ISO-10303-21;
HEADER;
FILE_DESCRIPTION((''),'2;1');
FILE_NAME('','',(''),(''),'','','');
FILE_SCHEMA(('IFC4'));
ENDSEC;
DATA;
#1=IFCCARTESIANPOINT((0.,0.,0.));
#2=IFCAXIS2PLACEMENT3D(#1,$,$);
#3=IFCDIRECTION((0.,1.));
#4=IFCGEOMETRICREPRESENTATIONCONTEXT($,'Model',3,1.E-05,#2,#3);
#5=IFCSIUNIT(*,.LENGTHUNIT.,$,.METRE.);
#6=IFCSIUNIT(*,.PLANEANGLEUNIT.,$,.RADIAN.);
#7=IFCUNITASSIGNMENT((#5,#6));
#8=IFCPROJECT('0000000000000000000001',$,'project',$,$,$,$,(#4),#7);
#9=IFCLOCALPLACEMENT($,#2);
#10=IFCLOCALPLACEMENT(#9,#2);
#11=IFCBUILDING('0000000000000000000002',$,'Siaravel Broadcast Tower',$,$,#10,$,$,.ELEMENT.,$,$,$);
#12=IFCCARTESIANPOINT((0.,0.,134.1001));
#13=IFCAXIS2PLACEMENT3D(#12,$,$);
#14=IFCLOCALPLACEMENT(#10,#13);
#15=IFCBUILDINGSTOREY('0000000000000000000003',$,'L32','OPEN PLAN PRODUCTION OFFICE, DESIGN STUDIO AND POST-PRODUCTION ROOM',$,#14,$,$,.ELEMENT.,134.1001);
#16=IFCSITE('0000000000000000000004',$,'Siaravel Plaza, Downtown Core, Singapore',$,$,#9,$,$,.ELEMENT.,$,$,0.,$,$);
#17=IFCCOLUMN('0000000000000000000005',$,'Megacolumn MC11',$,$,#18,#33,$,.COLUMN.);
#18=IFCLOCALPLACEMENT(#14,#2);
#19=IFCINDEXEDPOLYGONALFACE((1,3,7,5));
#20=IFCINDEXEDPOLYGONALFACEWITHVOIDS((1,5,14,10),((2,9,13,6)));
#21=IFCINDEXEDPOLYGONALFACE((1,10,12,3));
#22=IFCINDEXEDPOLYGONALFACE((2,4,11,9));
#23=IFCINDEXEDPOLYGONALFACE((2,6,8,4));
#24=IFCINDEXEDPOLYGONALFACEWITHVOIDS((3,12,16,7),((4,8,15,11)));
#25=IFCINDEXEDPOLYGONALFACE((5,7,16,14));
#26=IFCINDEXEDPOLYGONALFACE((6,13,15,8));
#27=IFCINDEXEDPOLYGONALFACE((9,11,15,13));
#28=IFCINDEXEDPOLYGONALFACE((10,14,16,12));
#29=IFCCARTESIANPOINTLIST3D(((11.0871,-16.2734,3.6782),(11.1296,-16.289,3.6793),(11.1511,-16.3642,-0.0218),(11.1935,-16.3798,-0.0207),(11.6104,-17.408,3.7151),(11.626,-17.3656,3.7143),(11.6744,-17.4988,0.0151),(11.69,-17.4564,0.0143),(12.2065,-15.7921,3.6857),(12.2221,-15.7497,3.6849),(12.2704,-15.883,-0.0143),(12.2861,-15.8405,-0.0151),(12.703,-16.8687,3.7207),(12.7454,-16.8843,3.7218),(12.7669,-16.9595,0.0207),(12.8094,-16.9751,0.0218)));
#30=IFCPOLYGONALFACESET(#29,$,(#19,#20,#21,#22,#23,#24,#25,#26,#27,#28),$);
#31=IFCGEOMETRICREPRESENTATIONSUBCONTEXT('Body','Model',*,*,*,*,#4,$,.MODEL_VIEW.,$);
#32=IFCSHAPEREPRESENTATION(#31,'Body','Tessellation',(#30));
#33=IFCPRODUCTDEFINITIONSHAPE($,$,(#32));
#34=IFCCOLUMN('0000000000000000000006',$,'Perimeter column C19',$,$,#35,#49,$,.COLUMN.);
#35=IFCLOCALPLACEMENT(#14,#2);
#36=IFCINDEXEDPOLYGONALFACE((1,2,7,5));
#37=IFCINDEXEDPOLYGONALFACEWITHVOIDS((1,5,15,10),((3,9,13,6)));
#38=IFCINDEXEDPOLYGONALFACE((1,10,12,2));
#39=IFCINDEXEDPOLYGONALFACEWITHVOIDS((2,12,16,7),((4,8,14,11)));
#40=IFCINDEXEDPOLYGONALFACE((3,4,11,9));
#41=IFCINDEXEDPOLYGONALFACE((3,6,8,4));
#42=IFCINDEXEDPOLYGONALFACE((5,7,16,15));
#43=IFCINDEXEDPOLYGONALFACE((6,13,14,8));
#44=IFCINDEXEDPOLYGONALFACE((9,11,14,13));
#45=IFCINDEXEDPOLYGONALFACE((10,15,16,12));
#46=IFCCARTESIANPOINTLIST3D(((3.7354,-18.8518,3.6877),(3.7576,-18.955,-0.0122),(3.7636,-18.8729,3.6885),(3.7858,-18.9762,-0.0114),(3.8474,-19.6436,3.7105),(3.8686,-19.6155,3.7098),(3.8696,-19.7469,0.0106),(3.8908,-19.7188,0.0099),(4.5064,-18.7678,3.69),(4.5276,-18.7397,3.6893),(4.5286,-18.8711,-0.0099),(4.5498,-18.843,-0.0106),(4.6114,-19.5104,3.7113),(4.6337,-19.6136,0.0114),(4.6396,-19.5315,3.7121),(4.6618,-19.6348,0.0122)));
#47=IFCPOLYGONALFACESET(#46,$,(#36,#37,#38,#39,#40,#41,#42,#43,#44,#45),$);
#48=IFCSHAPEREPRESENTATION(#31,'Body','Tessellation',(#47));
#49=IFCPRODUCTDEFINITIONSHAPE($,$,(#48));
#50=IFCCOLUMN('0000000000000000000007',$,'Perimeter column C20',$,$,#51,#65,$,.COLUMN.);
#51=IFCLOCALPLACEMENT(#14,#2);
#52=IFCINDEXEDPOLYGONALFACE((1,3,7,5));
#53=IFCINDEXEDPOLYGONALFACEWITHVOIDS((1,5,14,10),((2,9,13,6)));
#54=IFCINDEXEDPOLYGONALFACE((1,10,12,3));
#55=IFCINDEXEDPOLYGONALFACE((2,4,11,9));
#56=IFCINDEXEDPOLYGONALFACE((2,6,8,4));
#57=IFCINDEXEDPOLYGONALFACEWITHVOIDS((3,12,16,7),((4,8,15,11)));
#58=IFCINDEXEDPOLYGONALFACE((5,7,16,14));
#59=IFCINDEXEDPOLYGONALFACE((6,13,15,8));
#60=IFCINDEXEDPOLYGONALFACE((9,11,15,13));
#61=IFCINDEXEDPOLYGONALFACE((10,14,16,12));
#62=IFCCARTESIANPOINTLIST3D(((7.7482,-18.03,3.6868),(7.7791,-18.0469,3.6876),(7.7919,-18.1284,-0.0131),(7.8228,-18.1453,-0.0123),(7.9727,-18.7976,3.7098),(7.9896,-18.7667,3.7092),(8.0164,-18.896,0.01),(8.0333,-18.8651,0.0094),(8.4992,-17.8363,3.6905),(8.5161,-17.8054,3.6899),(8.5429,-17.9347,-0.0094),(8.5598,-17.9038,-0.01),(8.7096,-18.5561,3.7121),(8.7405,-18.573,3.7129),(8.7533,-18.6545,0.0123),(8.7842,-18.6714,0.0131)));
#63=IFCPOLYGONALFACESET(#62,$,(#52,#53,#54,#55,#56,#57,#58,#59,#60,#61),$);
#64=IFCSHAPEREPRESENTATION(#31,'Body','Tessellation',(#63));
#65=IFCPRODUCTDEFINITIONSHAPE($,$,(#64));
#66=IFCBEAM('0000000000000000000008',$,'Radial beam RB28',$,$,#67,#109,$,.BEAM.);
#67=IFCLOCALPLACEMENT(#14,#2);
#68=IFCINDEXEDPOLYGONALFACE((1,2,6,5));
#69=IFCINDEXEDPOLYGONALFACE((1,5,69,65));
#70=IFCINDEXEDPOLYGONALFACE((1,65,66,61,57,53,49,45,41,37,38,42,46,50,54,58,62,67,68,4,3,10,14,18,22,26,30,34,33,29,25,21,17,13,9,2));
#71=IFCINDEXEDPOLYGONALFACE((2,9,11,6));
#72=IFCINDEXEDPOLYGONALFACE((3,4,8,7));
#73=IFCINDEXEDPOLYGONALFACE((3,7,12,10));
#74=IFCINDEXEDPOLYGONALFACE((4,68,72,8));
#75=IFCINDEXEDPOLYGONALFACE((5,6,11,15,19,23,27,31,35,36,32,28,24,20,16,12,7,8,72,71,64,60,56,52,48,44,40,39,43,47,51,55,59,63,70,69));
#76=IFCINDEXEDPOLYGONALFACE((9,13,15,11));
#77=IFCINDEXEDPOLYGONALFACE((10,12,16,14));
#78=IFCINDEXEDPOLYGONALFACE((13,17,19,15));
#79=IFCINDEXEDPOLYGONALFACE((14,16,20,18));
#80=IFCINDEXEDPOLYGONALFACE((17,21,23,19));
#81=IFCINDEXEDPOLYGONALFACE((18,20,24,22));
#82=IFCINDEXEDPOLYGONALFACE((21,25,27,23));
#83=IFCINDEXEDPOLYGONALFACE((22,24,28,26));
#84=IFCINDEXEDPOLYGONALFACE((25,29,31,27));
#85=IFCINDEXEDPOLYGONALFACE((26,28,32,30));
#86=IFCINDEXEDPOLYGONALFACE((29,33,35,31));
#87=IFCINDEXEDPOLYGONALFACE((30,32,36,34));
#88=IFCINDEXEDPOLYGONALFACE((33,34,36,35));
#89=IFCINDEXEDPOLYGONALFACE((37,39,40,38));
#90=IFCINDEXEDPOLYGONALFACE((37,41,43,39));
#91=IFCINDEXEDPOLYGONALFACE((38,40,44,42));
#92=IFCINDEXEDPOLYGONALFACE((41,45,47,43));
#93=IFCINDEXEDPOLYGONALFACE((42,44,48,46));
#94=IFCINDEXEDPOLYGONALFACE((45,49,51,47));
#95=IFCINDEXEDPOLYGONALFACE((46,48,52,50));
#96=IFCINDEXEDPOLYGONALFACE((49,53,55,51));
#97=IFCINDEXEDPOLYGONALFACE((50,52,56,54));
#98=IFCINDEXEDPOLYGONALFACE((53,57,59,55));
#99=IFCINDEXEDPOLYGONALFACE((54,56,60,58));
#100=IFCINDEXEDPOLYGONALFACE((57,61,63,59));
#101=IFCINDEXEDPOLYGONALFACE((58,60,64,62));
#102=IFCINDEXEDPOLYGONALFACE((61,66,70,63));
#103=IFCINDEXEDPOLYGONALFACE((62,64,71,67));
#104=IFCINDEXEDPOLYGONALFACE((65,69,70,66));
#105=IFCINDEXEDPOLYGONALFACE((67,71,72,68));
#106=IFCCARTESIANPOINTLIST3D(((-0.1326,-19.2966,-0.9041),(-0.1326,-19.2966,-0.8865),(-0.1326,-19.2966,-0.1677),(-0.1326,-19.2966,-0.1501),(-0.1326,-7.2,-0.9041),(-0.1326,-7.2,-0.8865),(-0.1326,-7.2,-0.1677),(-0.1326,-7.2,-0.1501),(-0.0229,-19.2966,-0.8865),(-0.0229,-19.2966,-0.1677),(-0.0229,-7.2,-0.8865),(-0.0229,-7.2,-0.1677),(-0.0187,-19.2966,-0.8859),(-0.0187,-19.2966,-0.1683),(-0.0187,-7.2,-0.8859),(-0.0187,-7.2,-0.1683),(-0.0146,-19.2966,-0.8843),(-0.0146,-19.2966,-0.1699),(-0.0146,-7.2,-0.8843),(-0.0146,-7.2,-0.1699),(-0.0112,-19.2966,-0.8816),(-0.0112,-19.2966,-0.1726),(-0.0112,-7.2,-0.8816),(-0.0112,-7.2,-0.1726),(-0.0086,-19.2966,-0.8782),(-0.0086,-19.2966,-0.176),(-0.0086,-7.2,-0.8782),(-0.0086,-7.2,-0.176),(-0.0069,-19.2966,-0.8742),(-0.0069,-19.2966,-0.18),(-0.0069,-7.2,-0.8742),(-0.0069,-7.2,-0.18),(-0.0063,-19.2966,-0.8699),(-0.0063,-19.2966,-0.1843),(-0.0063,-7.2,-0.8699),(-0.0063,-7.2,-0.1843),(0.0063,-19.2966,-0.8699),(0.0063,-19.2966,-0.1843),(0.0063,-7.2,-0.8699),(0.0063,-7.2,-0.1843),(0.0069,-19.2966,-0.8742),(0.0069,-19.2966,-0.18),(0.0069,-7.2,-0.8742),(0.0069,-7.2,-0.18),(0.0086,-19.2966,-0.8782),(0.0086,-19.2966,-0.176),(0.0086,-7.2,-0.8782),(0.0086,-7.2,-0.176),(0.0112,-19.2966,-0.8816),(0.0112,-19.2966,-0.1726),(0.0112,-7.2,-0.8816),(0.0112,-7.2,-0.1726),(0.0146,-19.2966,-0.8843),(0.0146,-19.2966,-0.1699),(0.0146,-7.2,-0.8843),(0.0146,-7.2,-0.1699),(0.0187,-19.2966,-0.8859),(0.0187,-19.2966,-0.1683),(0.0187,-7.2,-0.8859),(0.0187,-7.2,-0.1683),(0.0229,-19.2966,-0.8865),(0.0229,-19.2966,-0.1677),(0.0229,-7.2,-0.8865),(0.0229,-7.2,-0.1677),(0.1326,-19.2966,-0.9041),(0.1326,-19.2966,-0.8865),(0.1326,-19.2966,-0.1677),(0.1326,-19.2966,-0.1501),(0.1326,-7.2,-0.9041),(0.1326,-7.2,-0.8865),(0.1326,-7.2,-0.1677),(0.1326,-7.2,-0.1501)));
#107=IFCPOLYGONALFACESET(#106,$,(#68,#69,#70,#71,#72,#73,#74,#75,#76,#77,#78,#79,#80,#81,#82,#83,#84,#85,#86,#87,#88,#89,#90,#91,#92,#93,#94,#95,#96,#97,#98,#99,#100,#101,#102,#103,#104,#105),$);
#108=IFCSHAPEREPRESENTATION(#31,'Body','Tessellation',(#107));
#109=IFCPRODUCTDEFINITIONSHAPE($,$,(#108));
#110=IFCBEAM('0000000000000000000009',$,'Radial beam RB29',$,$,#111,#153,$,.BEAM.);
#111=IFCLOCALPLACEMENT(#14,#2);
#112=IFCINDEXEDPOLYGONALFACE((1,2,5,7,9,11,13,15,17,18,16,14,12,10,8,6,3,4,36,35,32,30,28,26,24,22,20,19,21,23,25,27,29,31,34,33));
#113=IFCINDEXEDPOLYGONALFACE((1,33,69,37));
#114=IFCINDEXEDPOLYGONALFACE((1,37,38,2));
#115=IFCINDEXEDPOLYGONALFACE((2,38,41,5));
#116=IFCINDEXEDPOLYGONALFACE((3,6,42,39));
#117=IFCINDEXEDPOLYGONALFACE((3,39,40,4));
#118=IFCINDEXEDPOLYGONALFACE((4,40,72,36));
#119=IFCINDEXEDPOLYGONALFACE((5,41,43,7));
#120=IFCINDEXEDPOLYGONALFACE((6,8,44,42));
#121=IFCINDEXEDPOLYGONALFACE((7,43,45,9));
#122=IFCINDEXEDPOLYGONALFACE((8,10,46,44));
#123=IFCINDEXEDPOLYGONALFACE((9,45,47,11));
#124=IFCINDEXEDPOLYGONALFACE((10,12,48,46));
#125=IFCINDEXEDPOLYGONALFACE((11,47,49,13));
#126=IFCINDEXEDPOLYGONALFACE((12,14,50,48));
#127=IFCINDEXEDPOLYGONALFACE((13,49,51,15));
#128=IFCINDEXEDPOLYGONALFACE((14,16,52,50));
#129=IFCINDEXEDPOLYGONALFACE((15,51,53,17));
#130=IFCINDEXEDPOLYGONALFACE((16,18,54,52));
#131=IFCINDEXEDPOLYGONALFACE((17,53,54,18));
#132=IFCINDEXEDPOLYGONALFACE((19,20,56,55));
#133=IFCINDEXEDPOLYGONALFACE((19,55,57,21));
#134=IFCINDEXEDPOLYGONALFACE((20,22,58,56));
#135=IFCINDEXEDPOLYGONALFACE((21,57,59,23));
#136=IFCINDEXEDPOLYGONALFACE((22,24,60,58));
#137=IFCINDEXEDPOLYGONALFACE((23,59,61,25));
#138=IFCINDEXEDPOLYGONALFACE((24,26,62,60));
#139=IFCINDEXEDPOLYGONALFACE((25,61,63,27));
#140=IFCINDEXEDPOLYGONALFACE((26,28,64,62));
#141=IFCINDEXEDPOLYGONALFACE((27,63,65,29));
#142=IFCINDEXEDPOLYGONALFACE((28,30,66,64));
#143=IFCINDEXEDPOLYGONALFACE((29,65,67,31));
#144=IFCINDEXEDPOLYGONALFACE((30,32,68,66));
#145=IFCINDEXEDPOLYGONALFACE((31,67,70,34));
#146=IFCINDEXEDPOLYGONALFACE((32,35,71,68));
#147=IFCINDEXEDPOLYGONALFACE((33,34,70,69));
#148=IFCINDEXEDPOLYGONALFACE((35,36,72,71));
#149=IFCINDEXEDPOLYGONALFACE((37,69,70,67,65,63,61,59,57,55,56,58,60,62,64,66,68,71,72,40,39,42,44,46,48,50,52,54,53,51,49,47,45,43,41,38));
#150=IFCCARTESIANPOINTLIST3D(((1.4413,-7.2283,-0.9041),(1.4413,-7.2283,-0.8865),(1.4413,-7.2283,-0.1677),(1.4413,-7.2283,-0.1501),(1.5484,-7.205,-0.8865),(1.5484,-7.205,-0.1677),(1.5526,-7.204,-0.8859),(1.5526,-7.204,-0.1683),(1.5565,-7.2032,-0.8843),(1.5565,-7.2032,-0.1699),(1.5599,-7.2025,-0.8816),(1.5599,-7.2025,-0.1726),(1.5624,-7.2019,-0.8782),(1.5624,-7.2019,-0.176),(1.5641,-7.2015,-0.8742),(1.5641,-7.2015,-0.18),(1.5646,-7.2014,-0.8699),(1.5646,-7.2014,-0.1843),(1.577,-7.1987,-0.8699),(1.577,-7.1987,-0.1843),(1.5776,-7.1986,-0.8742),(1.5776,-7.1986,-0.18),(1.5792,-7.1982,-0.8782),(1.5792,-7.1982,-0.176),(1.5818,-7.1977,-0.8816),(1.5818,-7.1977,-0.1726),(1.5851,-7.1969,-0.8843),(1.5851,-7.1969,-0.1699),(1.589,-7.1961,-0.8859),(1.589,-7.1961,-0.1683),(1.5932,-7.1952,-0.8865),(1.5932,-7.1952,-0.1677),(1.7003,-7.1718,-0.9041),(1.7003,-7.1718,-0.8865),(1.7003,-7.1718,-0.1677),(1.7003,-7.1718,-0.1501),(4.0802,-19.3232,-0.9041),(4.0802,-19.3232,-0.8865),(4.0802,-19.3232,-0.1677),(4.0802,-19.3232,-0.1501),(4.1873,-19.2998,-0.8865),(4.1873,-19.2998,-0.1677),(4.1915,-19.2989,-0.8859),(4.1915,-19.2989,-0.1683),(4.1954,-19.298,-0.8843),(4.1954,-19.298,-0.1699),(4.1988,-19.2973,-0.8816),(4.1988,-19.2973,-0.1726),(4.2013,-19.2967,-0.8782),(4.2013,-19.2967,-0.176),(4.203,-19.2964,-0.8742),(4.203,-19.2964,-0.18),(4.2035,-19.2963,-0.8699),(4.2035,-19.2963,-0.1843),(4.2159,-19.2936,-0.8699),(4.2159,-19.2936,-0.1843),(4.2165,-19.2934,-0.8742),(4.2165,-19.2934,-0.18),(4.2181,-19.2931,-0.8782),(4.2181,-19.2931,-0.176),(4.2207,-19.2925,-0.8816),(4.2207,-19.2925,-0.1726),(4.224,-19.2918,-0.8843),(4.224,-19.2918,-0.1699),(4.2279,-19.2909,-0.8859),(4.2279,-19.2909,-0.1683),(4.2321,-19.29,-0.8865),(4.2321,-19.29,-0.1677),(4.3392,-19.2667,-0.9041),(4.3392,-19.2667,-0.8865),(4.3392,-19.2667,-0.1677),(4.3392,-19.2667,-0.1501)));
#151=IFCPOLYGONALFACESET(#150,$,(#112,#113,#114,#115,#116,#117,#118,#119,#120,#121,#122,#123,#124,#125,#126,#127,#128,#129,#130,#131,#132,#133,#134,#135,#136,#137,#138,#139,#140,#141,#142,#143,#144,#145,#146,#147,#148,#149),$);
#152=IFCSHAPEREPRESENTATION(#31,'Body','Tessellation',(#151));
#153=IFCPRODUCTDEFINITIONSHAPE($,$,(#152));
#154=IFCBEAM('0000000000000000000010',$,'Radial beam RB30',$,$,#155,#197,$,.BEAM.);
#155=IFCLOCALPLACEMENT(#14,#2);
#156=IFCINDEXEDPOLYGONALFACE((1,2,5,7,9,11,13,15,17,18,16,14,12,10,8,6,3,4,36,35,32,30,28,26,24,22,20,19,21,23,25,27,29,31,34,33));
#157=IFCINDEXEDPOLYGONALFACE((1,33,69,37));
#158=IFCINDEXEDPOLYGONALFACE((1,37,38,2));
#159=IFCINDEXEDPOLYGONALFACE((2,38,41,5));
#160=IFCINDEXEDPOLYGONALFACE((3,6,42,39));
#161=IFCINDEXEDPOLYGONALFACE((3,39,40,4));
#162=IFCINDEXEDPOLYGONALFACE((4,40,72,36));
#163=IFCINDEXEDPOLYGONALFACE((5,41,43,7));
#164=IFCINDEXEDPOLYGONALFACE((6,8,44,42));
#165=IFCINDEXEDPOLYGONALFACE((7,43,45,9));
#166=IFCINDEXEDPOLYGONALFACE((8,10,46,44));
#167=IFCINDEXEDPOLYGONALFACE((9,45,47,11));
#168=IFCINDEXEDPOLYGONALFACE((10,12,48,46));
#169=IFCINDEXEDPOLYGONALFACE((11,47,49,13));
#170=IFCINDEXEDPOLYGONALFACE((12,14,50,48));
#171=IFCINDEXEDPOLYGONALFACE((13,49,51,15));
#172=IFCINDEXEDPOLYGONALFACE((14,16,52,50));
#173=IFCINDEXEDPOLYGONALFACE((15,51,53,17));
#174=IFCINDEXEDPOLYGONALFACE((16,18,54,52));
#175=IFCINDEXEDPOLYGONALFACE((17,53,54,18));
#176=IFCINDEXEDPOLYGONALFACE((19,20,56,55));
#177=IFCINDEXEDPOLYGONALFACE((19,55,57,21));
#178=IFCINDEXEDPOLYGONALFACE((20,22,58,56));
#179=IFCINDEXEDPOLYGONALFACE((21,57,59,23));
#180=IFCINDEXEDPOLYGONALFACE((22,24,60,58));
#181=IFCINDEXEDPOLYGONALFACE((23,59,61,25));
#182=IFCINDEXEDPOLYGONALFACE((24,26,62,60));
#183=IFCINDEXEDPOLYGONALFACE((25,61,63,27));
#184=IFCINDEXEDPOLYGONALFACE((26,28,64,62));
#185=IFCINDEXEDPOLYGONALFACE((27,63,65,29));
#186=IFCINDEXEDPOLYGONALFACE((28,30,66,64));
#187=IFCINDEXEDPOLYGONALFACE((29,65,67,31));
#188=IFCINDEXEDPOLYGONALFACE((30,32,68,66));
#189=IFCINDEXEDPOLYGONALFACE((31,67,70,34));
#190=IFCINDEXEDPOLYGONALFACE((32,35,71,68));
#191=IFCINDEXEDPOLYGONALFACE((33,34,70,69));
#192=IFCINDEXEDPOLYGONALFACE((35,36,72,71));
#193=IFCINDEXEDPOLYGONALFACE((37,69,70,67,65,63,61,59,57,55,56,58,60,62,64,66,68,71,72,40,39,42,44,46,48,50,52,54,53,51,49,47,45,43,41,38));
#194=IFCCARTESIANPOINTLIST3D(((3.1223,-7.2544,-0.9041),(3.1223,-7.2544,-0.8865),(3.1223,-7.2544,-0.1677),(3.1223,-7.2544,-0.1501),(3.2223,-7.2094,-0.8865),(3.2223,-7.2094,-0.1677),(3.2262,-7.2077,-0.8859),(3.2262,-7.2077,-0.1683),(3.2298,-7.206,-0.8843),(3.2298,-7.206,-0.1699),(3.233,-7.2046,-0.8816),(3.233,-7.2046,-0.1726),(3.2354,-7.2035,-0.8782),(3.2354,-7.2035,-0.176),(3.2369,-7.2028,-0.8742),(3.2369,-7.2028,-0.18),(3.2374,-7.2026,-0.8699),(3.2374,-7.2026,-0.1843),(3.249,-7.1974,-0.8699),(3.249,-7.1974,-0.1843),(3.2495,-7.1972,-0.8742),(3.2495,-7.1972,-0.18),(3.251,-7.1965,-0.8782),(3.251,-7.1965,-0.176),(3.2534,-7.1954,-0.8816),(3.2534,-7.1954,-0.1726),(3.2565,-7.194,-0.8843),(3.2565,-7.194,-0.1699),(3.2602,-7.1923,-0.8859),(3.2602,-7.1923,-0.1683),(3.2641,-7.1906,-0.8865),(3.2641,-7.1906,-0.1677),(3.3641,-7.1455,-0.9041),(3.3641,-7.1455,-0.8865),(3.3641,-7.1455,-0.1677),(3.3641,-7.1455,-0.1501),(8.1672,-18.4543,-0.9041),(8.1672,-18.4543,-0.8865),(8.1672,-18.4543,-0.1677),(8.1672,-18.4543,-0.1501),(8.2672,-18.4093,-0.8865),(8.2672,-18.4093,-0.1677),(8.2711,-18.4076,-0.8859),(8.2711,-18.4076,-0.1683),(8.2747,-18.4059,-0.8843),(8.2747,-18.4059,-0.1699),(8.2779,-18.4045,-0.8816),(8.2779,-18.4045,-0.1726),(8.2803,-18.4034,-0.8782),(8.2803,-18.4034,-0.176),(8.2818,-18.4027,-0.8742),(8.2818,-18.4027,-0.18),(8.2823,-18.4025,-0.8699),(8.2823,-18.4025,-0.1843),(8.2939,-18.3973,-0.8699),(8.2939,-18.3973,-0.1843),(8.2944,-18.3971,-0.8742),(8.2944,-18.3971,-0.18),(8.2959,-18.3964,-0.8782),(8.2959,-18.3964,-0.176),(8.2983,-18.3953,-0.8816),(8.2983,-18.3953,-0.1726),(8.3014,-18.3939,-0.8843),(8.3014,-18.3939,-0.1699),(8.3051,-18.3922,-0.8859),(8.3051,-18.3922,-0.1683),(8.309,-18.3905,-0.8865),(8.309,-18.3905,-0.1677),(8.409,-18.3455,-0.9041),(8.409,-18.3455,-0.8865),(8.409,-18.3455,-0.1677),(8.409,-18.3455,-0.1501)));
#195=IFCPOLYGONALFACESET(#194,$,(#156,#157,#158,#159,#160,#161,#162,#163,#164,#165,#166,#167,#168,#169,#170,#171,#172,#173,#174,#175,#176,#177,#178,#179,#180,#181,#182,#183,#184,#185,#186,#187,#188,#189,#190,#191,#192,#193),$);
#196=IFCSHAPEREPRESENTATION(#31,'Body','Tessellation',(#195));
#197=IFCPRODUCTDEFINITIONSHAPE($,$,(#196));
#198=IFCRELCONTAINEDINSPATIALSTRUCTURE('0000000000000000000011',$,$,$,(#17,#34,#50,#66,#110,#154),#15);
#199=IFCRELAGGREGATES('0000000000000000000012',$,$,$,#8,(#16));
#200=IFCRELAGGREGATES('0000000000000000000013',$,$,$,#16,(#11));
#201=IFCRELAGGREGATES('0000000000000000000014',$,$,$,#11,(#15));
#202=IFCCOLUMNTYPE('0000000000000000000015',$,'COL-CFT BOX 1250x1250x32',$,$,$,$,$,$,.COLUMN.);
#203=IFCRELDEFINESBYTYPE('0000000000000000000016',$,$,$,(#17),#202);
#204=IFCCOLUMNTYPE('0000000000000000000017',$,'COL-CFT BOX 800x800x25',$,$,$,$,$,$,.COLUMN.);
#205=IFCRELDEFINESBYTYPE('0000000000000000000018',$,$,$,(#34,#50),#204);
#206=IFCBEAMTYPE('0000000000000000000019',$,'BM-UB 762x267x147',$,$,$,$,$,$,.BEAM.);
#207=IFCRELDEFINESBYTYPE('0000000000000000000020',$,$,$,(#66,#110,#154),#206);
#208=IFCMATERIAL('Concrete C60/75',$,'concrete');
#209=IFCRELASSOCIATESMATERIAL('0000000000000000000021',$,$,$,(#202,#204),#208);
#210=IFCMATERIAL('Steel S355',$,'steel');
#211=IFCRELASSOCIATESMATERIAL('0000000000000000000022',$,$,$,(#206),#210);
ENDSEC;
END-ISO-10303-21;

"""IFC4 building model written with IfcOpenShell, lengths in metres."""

from ifc_helpers import new_model, si_unit, direction, frame, origin, origin_2d, place, context, subcontext, project, spatial, hollow_rectangle, i_section, extrude, material, material_profile, profile_set, type_object, element, save


model = new_model("IFC4")

# Units and contexts
model_context = context("Model", 3, precision=1e-05, world=origin(), true_north=direction((0.0, 1.0)))
body_context = subcontext(model_context, "Body", "Model", "MODEL_VIEW")
ifc_project = project(units=[si_unit("LENGTHUNIT", "METRE"), si_unit("PLANEANGLEUNIT", "RADIAN")], contexts=[model_context])

# Site, building, storey
site_placement = place(None, origin())
site = spatial("IfcSite", under=ifc_project, at=site_placement, Name="Siaravel Plaza, Downtown Core, Singapore", CompositionType="ELEMENT", RefElevation=0.0)
building_placement = place(site_placement, origin())
building = spatial("IfcBuilding", under=site, at=building_placement, Name="Siaravel Broadcast Tower", CompositionType="ELEMENT")
storey_placement = place(building_placement, frame((0.0, 0.0, 134.1001)))
storey = spatial("IfcBuildingStorey", under=building, at=storey_placement, Name="L32", Description="OPEN PLAN PRODUCTION OFFICE, DESIGN STUDIO AND POST-PRODUCTION ROOM", CompositionType="ELEMENT", Elevation=134.1001)

# Columns
ifc_material_1 = material(Name="Concrete C60/75", Category="concrete")
ifc_material_profile_1 = material_profile(ifc_material_1, hollow_rectangle(XDim=1.25, YDim=1.25, WallThickness=0.032, at=origin_2d()))
ifc_profile_set_1 = profile_set([ifc_material_profile_1], Name="Concrete C60/75")
column_type_1 = type_object("IfcColumnType", Name="COL-CFT BOX 1250x1250x32", PredefinedType="COLUMN", material=ifc_profile_set_1)
column_placement = place(storey_placement, frame((11.9802, -16.6697, 0.0), z_axis=(-0.01728, 0.024535, 0.99955), x_axis=(-0.908001, -0.418933, -0.005414)))
element("IfcColumn", 1, at=column_placement, inside=storey, type_object=column_type_1, Name="Megacolumn MC11", PredefinedType="COLUMN", context=body_context, shape_type="SweptSolid", body=[
    extrude(hollow_rectangle(XDim=1.25, YDim=1.25, WallThickness=0.032, at=origin_2d()), origin(), (0.0, 0.0, 1.0), 3.7017),
])
ifc_material_profile_2 = material_profile(ifc_material_1, hollow_rectangle(XDim=0.8, YDim=0.8, WallThickness=0.0249, at=origin_2d()))
ifc_profile_set_2 = profile_set([ifc_material_profile_2], Name="Concrete C60/75")
column_type_2 = type_object("IfcColumnType", Name="COL-CFT BOX 800x800x25", PredefinedType="COLUMN", material=ifc_profile_set_2)
for number, where, z_axis, x_axis, name in (
    (2, (4.2097, -19.2949, 0.0), (-0.006002, 0.0279, 0.999593), (-0.990135, -0.1401, -0.002035), "Perimeter column C19"),
    (3, (8.2881, -18.3999, 0.0), (-0.011806, 0.026581, 0.999577), (-0.959776, -0.28074, -0.003871), "Perimeter column C20"),
):
    element("IfcColumn", number, at=place(storey_placement, frame(where, z_axis=z_axis, x_axis=x_axis)), inside=storey, type_object=column_type_2, Name=name, PredefinedType="COLUMN", context=body_context, shape_type="SweptSolid", body=[
        extrude(hollow_rectangle(XDim=0.8, YDim=0.8, WallThickness=0.0249, at=origin_2d()), origin(), (0.0, 0.0, 1.0), 3.7014),
    ])

# Beams
ifc_material_2 = material(Name="Steel S355", Category="steel")
ifc_material_profile_3 = material_profile(ifc_material_2, i_section(OverallWidth=0.2651, OverallDepth=0.7539, WebThickness=0.0127, FlangeThickness=0.0176, FilletRadius=0.0166, at=origin_2d()))
ifc_profile_set_3 = profile_set([ifc_material_profile_3], Name="Steel S355")
beam_type = type_object("IfcBeamType", Name="BM-UB 762x267x147", PredefinedType="BEAM", material=ifc_profile_set_3)
beam_1_placement = place(storey_placement, frame((0.0, -19.2966, -0.5271), z_axis=(0.0, 1.0, 0.0), x_axis=(-1.0, 0.0, 0.0)))
element("IfcBeam", 4, at=beam_1_placement, inside=storey, type_object=beam_type, Name="Radial beam RB28", PredefinedType="BEAM", context=body_context, shape_type="SweptSolid", body=[
    extrude(i_section(OverallWidth=0.2651, OverallDepth=0.7539, WebThickness=0.0127, FlangeThickness=0.0176, FilletRadius=0.0166, at=origin_2d()), origin(), (0.0, 0.0, 1.0), 12.0967),
])
beam_2_placement = place(storey_placement, frame((4.2097, -19.2949, -0.5271), z_axis=(-0.213168, 0.977016, 0.0), x_axis=(-0.977016, -0.213168, 0.0)))
element("IfcBeam", 5, at=beam_2_placement, inside=storey, type_object=beam_type, Name="Radial beam RB29", PredefinedType="BEAM", context=body_context, shape_type="SweptSolid", body=[
    extrude(i_section(OverallWidth=0.2651, OverallDepth=0.7539, WebThickness=0.0127, FlangeThickness=0.0176, FilletRadius=0.0166, at=origin_2d()), origin(), (0.0, 0.0, 1.0), 12.3794),
])
beam_3_placement = place(storey_placement, frame((8.2881, -18.3999, -0.5271), z_axis=(-0.410699, 0.911771, 0.0), x_axis=(-0.911771, -0.410699, 0.0)))
element("IfcBeam", 6, at=beam_3_placement, inside=storey, type_object=beam_type, Name="Radial beam RB30", PredefinedType="BEAM", context=body_context, shape_type="SweptSolid", body=[
    extrude(i_section(OverallWidth=0.2651, OverallDepth=0.7539, WebThickness=0.0127, FlangeThickness=0.0176, FilletRadius=0.0166, at=origin_2d()), origin(), (0.0, 0.0, 1.0), 12.2837),
])

save(model, "model.ifc")
